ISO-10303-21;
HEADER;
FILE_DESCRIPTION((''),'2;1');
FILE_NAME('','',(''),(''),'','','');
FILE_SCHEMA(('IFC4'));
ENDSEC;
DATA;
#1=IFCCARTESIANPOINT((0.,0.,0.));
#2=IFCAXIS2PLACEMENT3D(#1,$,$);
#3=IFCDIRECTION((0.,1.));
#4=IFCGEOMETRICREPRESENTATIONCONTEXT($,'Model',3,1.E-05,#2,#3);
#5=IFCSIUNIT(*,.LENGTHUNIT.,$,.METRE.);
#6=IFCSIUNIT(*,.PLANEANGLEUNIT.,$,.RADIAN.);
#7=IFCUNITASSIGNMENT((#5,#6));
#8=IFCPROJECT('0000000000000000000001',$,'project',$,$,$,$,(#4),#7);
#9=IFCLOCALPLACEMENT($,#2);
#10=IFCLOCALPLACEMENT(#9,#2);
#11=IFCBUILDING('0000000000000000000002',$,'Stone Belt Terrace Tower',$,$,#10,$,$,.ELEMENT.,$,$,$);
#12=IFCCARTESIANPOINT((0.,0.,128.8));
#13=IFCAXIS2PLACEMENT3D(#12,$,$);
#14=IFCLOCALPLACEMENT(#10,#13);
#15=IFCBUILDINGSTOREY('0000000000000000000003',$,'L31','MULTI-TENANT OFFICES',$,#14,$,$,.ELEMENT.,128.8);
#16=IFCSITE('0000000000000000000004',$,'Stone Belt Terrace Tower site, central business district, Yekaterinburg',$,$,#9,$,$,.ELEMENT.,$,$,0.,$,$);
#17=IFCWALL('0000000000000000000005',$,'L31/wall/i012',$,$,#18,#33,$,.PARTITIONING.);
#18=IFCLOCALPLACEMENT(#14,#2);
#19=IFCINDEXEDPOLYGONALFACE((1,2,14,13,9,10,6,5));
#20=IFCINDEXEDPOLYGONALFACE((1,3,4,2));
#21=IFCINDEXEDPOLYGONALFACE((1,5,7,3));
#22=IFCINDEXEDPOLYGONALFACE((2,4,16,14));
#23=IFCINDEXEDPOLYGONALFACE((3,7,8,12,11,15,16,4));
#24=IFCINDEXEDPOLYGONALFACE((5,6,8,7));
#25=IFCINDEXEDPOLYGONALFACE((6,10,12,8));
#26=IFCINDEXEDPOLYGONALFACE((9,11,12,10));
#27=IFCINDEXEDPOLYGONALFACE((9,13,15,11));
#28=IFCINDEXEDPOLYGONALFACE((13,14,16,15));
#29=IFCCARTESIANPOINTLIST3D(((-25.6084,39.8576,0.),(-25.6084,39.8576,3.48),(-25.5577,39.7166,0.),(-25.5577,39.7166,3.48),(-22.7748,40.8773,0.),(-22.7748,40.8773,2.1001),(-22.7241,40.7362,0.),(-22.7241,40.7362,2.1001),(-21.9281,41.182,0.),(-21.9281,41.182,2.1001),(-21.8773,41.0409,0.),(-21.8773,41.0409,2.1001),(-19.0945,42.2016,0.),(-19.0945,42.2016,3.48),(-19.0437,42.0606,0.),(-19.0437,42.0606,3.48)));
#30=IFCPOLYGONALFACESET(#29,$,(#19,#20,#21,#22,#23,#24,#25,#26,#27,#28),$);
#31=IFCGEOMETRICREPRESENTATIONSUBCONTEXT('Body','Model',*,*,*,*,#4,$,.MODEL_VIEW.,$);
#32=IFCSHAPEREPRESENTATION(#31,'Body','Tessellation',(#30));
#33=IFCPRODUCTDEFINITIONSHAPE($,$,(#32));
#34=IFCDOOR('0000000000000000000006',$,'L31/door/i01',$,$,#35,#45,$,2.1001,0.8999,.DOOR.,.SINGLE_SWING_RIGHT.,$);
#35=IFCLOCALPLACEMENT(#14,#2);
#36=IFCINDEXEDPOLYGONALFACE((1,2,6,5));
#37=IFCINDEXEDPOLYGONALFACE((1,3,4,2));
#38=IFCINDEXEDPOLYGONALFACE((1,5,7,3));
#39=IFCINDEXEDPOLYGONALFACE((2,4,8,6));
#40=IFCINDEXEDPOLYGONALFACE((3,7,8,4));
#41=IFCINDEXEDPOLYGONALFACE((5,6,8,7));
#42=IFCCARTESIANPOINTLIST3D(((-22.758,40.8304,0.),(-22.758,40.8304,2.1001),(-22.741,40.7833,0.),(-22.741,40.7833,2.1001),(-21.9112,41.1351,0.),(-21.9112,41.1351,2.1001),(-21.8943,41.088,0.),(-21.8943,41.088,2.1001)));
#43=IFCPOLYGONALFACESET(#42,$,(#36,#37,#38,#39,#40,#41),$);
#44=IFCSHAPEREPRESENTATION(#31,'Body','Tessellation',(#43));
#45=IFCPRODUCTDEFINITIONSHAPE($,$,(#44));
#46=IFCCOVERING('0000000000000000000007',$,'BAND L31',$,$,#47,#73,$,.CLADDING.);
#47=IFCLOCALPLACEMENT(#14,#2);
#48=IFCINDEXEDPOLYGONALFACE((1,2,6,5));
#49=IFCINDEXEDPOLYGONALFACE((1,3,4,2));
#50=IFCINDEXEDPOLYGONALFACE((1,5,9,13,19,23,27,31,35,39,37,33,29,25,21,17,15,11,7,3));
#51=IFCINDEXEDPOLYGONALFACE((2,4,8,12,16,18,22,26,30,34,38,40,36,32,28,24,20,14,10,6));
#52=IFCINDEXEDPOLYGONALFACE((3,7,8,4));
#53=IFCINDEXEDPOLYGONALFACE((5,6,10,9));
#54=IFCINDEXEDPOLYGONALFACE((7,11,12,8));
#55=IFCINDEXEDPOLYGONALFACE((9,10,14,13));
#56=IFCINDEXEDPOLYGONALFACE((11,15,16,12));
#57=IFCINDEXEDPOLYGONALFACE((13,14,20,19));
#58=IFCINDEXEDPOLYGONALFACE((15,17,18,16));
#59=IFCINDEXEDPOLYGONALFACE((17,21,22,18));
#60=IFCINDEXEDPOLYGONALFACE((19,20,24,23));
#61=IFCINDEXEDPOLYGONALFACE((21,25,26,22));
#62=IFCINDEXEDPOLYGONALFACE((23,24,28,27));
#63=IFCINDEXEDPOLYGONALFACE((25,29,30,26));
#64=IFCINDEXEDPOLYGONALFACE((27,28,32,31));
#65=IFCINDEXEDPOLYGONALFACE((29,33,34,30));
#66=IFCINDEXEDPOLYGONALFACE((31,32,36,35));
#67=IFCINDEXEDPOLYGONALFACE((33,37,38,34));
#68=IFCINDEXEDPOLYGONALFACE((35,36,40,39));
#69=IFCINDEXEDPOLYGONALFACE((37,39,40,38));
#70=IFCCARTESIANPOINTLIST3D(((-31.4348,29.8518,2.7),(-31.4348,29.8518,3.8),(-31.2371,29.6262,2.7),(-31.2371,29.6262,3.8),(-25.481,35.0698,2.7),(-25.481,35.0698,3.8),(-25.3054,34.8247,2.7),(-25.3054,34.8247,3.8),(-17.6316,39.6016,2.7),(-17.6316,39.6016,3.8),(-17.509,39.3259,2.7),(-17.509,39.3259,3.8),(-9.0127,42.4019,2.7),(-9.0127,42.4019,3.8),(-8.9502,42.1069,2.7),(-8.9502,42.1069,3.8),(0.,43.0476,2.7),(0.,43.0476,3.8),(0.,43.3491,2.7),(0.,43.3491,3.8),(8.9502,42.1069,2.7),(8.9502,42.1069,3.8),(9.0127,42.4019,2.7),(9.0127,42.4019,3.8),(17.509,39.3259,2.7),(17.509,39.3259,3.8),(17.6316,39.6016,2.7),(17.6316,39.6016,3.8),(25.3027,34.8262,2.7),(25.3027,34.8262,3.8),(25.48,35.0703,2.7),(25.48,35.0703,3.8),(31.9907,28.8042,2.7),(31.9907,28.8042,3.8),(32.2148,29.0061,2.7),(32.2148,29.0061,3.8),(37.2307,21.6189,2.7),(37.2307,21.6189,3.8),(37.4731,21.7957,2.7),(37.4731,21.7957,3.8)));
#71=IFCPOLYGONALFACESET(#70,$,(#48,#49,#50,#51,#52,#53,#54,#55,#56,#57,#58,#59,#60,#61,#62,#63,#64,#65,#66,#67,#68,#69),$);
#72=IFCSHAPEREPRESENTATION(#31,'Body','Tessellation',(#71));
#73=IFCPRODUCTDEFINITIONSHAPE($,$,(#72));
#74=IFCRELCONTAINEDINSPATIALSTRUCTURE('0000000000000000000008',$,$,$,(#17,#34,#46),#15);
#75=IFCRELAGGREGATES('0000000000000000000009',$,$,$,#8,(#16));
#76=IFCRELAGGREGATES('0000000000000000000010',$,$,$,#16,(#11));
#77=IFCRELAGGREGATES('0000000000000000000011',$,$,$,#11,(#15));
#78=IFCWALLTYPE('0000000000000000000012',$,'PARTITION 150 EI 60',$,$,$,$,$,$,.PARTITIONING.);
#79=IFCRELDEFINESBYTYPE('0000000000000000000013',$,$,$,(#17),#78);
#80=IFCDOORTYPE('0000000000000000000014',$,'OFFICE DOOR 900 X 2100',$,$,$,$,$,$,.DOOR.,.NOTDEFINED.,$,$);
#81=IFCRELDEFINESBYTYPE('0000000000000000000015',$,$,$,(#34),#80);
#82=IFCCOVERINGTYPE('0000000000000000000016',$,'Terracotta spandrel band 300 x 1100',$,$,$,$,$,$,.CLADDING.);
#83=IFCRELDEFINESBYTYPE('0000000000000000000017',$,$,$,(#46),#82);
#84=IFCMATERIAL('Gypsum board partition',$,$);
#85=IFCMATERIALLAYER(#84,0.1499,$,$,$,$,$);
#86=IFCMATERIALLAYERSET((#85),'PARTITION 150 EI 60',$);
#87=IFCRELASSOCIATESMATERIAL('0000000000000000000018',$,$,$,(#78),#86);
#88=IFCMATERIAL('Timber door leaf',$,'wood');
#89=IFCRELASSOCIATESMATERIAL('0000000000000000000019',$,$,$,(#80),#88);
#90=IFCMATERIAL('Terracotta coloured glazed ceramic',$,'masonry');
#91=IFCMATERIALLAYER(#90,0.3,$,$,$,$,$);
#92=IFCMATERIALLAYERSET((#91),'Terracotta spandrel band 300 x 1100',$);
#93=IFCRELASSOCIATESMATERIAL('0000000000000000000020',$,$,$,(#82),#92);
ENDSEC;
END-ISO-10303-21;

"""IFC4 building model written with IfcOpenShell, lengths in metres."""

from ifc_helpers import new_model, si_unit, direction, frame, frame_2d, origin, place, context, subcontext, project, spatial, polyline, rectangle, outline, extrude, material, layer, layer_set, type_object, element, fill, save


model = new_model("IFC4")

# Units and contexts
model_context = context("Model", 3, precision=1e-05, world=origin(), true_north=direction((0.0, 1.0)))
body_context = subcontext(model_context, "Body", "Model", "MODEL_VIEW")
ifc_project = project(units=[si_unit("LENGTHUNIT", "METRE"), si_unit("PLANEANGLEUNIT", "RADIAN")], contexts=[model_context])

# Site, building, storey
site_placement = place(None, origin())
site = spatial("IfcSite", under=ifc_project, at=site_placement, Name="Stone Belt Terrace Tower site, central business district, Yekaterinburg", CompositionType="ELEMENT", RefElevation=0.0)
building_placement = place(site_placement, origin())
building = spatial("IfcBuilding", under=site, at=building_placement, Name="Stone Belt Terrace Tower", CompositionType="ELEMENT")
storey_placement = place(building_placement, frame((0.0, 0.0, 128.8)))
storey = spatial("IfcBuildingStorey", under=building, at=storey_placement, Name="L31", Description="MULTI-TENANT OFFICES", CompositionType="ELEMENT", Elevation=128.8)

# Shared definitions
ifc_material_1 = material(Name="Gypsum board partition")
ifc_layer_1 = layer(ifc_material_1, 0.1499)
ifc_layer_set_1 = layer_set([ifc_layer_1], Name="PARTITION 150 EI 60")
wall_type = type_object("IfcWallType", Name="PARTITION 150 EI 60", PredefinedType="PARTITIONING", material=ifc_layer_set_1)

# Wall, opening, door
wall_1_placement = place(storey_placement, frame((-19.0691, 42.1311, 0.0), z_axis=(0.0, 0.0, 1.0), x_axis=(-0.940934, -0.33859, 0.0)))
wall_1 = element("IfcWall", 1, at=wall_1_placement, inside=storey, type_object=wall_type, Name="L31/wall/i012", PredefinedType="PARTITIONING", context=body_context, shape_type="SweptSolid", body=[
    extrude(rectangle(XDim=6.9229, YDim=0.1499, at=frame_2d((3.4614, 0.0))), origin(), (0.0, 0.0, 1.0), 3.48),
])
opening_placement = place(wall_1_placement, frame((3.0115, 0.0, 0.0)))
opening = element("IfcOpeningElement", 2, at=opening_placement, cuts=wall_1, PredefinedType="OPENING", context=body_context, shape_type="SweptSolid", body=[
    extrude(rectangle(XDim=0.8999, YDim=2.1001, at=frame_2d((0.45, 1.05))), frame((0.0, 0.085, 0.0), z_axis=(0.0, -1.0, 0.0), x_axis=(1.0, 0.0, 0.0)), (0.0, 0.0, 1.0), 0.1699),
])
ifc_material_2 = material(Name="Timber door leaf", Category="wood")
door_type = type_object("IfcDoorType", Name="OFFICE DOOR 900 X 2100", OperationType="NOTDEFINED", PredefinedType="DOOR", material=ifc_material_2)
door_placement = place(opening_placement, origin())
door = element("IfcDoor", 3, at=door_placement, inside=storey, type_object=door_type, Name="L31/door/i01", OperationType="SINGLE_SWING_RIGHT", OverallHeight=2.1001, OverallWidth=0.8999, PredefinedType="DOOR", context=body_context, shape_type="SweptSolid", body=[
    extrude(rectangle(XDim=0.8999, YDim=2.1001, at=frame_2d((0.45, 1.05))), frame((0.0, 0.0249, 0.0), z_axis=(0.0, -1.0, 0.0), x_axis=(1.0, 0.0, 0.0)), (0.0, 0.0, 1.0), 0.05),
])
fill(opening, door)

# Covering
ifc_material_3 = material(Name="Terracotta coloured glazed ceramic", Category="masonry")
ifc_layer_2 = layer(ifc_material_3, 0.3)
ifc_layer_set_2 = layer_set([ifc_layer_2], Name="Terracotta spandrel band 300 x 1100")
covering_type = type_object("IfcCoveringType", Name="Terracotta spandrel band 300 x 1100", PredefinedType="CLADDING", material=ifc_layer_set_2)
covering_placement = place(storey_placement, frame((0.0, 0.0, 2.7)))
element("IfcCovering", 4, at=covering_placement, inside=storey, type_object=covering_type, Name="BAND L31", PredefinedType="CLADDING", context=body_context, shape_type="SweptSolid", body=[
    extrude(outline(polyline([(-31.4348, 29.8518), (-25.481, 35.0698), (-17.6316, 39.6016), (-9.0127, 42.4019), (0.0, 43.3491), (9.0127, 42.4019), (17.6316, 39.6016), (25.48, 35.0703), (32.2148, 29.0061), (37.4731, 21.7957), (37.2307, 21.6189), (31.9907, 28.8042), (25.3027, 34.8262), (17.509, 39.3259), (8.9502, 42.1069), (0.0, 43.0476), (-8.9502, 42.1069), (-17.509, 39.3259), (-25.3054, 34.8247), (-31.2371, 29.6262), (-31.4348, 29.8518)])), origin(), (0.0, 0.0, 1.0), 1.1001),
])

save(model, "model.ifc")
